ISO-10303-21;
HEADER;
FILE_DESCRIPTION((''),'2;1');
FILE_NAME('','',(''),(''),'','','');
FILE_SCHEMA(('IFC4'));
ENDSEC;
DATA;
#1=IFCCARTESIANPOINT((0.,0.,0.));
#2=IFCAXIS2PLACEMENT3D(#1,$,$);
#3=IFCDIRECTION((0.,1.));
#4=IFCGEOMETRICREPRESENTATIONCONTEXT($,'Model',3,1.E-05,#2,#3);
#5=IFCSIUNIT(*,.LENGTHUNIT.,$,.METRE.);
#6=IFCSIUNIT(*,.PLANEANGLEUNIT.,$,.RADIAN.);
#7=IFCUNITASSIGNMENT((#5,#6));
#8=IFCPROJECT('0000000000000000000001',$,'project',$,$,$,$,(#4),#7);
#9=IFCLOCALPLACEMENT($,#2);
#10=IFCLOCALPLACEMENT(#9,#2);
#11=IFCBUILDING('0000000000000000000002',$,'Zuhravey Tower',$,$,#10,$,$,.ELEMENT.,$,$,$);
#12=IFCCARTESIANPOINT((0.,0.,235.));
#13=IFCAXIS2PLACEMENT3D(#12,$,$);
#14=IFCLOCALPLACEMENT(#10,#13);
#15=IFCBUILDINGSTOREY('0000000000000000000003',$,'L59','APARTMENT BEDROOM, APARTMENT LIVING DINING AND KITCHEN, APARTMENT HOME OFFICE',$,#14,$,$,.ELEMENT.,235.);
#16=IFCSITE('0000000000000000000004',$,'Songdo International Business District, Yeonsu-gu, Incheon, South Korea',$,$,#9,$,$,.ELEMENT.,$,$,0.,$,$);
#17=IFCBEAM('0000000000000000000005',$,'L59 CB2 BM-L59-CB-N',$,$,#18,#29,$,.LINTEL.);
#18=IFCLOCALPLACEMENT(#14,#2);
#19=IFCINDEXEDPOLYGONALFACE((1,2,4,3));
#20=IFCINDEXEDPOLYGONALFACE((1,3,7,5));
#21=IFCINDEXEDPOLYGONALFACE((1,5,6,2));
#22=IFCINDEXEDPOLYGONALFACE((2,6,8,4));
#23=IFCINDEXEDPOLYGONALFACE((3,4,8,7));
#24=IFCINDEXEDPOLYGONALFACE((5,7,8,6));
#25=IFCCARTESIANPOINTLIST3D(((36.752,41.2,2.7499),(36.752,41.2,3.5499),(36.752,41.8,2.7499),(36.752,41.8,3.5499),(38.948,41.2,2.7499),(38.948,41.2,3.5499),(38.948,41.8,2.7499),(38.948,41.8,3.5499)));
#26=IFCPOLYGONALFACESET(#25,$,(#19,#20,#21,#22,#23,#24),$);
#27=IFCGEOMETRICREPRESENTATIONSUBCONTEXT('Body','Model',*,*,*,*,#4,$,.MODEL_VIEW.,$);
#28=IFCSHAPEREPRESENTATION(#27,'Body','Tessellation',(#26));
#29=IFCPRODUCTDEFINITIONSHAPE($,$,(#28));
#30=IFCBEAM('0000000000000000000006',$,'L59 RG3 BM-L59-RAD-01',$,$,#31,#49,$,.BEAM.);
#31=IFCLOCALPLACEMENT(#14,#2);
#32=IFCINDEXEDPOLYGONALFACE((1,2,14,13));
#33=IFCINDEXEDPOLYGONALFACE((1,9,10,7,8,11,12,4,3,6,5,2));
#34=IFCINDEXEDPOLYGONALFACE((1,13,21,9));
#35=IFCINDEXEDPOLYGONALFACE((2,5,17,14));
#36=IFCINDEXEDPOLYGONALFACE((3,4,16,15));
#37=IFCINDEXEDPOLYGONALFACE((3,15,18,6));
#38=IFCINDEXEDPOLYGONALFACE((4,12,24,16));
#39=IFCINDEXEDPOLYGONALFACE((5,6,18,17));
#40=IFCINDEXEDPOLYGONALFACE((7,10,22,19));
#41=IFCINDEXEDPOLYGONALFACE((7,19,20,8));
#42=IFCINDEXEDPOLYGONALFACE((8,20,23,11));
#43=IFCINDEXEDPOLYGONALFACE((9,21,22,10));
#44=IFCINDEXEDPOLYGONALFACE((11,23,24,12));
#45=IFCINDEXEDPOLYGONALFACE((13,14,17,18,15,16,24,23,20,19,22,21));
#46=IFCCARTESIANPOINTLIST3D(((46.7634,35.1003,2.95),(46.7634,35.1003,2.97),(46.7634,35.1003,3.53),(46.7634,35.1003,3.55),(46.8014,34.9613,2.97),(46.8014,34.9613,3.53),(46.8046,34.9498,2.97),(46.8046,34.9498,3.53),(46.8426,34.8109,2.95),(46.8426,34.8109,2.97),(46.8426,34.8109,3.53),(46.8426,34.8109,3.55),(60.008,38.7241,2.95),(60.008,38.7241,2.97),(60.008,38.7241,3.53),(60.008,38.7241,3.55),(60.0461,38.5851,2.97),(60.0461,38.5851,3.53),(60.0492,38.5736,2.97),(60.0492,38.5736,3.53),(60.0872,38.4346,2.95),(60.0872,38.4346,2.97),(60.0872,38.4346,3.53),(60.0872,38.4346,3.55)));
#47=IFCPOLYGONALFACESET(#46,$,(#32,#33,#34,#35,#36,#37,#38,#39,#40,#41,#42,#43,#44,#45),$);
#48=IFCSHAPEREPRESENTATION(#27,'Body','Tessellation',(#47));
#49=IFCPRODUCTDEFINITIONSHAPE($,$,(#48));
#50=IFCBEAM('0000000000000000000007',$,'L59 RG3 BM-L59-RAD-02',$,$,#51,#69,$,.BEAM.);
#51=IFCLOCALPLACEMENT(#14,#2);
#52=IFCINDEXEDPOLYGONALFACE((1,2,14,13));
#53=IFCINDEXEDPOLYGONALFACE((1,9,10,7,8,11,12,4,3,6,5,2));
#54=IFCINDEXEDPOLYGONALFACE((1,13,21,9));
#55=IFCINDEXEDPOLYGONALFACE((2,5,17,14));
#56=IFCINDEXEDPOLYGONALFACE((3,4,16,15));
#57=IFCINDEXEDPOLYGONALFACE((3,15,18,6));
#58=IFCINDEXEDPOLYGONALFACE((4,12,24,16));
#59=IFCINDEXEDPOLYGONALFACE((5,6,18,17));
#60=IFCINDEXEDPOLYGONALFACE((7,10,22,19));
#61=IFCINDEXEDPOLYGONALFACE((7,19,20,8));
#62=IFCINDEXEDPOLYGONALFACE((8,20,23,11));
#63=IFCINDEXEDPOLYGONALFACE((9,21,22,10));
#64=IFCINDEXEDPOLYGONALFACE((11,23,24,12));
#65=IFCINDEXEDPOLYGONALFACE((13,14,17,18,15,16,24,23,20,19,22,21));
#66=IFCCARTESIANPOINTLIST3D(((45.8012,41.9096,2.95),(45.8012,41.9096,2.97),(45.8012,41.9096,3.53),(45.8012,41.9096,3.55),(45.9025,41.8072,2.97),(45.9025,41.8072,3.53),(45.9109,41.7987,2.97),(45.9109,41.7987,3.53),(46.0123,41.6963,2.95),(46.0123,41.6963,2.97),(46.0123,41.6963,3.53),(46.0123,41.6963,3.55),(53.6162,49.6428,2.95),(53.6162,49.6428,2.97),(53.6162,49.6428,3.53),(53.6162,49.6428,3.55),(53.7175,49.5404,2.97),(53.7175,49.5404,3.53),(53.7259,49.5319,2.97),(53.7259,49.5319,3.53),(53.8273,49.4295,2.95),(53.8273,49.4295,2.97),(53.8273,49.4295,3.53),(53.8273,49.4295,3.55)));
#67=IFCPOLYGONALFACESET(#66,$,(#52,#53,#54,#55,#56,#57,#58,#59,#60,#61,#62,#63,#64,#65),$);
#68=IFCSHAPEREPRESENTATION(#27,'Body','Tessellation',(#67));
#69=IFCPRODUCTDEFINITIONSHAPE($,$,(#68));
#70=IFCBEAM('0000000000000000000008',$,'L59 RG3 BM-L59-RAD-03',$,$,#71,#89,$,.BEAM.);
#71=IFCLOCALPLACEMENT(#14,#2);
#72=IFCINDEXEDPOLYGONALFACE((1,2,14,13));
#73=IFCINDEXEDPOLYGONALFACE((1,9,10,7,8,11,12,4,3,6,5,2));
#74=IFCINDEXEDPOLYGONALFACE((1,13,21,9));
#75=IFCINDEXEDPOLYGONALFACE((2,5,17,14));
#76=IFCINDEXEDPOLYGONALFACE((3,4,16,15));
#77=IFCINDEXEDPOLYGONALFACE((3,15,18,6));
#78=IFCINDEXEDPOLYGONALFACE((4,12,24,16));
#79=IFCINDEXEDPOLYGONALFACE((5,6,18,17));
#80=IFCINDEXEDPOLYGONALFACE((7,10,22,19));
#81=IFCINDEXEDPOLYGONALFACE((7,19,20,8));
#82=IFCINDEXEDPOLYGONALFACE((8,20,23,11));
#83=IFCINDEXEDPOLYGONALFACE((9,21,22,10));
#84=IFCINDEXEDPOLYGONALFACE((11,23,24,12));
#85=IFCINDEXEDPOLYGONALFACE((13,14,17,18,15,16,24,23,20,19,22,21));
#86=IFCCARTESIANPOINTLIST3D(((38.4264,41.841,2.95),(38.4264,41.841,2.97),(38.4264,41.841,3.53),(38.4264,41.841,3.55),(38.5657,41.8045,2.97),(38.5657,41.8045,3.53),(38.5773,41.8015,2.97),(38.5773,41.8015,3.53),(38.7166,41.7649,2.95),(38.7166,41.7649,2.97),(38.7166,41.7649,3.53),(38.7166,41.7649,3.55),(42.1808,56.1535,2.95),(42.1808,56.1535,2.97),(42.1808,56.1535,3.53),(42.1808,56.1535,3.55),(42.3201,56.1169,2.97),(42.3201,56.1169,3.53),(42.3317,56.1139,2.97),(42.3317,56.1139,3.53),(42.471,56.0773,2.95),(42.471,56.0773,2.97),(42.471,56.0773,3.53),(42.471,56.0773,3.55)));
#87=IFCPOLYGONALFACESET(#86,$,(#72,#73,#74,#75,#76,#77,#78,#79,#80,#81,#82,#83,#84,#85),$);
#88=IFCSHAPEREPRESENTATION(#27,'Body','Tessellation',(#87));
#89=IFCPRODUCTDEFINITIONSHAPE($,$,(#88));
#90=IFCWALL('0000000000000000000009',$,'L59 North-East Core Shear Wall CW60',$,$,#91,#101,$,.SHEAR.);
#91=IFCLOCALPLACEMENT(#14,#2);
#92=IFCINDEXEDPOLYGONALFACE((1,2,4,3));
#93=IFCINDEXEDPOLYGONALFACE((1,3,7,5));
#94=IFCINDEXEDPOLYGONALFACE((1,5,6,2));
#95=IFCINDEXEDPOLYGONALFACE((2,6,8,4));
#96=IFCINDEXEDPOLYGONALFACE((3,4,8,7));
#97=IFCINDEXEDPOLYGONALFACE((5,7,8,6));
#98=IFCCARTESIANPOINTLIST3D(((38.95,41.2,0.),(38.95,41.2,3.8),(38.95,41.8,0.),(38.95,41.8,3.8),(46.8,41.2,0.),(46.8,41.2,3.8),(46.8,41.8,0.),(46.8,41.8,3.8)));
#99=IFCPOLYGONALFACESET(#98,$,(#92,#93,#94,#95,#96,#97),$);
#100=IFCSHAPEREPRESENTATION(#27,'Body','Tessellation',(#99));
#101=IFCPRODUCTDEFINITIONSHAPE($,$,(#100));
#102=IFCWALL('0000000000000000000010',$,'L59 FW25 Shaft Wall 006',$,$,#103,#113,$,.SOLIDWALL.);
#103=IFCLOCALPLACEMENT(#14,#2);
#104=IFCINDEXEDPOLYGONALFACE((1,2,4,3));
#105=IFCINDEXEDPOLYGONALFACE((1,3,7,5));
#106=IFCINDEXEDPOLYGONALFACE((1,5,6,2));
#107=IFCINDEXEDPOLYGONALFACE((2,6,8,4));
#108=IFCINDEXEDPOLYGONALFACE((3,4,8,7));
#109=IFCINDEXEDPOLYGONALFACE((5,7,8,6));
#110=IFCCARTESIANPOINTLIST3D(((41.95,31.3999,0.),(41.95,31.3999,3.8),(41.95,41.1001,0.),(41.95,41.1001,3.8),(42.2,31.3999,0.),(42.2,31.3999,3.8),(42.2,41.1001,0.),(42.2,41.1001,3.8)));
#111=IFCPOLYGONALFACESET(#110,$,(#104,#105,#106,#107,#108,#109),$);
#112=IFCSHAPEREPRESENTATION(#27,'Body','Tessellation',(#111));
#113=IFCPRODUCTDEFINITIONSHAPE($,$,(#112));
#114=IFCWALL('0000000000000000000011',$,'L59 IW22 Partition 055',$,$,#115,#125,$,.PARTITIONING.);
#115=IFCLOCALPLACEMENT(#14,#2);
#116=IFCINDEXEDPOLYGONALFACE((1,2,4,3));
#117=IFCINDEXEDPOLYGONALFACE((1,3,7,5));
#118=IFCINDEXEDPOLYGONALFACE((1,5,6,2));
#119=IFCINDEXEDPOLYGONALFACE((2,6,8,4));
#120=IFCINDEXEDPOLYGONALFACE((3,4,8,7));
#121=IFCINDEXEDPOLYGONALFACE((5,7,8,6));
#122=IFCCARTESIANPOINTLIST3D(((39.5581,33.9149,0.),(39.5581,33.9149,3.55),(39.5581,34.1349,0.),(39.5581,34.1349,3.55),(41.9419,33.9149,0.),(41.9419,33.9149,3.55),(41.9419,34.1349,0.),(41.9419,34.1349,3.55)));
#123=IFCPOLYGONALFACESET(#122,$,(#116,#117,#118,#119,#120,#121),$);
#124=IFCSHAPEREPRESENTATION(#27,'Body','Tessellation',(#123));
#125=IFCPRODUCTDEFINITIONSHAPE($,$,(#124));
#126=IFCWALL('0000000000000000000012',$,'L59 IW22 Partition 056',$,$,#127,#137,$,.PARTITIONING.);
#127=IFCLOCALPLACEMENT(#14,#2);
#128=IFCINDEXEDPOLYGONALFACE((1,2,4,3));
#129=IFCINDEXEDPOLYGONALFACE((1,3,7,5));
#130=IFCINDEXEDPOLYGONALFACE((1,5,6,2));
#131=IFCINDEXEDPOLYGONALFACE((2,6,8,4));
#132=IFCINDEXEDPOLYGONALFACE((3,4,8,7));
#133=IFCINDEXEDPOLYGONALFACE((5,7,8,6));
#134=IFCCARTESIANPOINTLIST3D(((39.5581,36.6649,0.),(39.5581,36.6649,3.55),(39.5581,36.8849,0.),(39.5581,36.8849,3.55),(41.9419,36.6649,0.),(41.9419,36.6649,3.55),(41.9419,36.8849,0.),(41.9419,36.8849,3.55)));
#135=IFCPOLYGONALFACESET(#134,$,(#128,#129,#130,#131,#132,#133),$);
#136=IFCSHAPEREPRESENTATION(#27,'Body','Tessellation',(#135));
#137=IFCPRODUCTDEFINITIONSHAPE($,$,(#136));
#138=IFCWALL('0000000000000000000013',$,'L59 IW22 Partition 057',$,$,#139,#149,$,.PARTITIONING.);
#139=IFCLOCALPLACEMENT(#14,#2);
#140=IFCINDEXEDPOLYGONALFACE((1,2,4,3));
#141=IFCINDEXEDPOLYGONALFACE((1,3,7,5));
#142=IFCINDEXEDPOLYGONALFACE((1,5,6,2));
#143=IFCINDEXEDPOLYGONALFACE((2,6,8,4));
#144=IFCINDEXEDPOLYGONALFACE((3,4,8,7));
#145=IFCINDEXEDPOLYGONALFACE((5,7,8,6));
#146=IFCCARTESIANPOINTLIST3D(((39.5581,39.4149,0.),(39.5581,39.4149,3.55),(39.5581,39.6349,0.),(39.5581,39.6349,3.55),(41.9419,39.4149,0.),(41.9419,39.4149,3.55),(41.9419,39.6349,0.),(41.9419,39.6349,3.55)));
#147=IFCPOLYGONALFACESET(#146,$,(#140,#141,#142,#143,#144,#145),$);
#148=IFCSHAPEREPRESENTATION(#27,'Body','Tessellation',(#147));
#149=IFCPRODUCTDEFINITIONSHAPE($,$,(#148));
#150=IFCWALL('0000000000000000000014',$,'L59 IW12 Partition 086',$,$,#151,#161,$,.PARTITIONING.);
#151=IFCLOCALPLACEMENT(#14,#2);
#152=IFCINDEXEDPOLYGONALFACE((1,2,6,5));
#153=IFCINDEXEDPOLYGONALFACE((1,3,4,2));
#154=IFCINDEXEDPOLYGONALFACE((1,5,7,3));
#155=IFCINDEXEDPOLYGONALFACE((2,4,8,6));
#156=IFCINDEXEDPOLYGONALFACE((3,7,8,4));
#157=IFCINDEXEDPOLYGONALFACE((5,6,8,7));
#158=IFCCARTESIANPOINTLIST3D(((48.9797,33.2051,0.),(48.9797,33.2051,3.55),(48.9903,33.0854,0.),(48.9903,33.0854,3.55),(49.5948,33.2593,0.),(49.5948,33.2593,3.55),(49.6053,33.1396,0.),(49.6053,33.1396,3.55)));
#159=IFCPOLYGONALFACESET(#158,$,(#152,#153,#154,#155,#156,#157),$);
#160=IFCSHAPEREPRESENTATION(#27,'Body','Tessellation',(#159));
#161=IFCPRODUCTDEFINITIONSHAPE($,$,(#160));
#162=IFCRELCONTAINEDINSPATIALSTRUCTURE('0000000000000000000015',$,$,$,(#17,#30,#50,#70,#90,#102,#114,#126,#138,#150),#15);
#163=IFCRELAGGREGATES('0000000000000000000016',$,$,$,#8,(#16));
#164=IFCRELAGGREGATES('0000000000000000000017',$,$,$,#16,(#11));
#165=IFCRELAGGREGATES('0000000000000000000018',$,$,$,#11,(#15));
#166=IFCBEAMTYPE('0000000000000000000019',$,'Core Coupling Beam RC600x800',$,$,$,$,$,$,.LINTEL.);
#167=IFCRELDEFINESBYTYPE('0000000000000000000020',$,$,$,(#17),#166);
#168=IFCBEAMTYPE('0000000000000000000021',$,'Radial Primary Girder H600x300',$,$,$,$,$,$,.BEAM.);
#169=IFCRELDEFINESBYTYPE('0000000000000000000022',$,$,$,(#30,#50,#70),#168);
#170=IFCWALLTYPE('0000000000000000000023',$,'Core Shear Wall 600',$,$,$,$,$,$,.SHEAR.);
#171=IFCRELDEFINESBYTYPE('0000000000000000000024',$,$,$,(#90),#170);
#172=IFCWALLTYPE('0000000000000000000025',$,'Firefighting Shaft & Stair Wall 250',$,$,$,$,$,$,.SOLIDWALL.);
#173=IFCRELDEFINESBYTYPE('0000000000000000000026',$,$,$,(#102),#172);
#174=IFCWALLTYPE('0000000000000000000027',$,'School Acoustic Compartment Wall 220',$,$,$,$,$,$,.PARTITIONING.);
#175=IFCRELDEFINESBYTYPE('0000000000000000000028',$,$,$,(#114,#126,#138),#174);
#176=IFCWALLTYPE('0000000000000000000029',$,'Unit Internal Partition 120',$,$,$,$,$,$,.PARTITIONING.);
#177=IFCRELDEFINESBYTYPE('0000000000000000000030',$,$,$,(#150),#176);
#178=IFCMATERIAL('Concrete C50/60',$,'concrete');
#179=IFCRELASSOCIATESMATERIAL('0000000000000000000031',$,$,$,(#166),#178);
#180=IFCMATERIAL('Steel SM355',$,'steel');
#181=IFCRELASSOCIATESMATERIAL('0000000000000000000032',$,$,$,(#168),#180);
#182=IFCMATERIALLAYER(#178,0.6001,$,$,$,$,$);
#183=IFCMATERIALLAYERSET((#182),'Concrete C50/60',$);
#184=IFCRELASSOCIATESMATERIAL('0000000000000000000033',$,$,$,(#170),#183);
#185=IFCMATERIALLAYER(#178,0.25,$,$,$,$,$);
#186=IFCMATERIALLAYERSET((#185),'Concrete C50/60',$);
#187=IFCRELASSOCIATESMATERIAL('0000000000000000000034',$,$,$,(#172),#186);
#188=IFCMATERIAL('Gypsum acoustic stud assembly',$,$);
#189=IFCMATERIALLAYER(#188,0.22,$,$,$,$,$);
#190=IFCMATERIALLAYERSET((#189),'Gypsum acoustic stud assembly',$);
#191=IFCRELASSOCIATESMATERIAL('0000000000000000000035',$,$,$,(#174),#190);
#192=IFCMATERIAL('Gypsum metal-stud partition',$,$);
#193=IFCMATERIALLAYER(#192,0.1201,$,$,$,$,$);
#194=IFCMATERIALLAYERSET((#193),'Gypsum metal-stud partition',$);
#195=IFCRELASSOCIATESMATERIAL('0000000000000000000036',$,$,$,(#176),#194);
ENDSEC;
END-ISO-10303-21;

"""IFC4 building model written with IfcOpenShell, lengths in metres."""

from ifc_helpers import new_model, si_unit, direction, frame, frame_2d, origin, origin_2d, place, context, subcontext, project, spatial, rectangle, i_section, extrude, material, layer, layer_set, material_profile, profile_set, type_object, element, save


model = new_model("IFC4")

# Units and contexts
model_context = context("Model", 3, precision=1e-05, world=origin(), true_north=direction((0.0, 1.0)))
body_context = subcontext(model_context, "Body", "Model", "MODEL_VIEW")
ifc_project = project(units=[si_unit("LENGTHUNIT", "METRE"), si_unit("PLANEANGLEUNIT", "RADIAN")], contexts=[model_context])

# Site, building, storey
site_placement = place(None, origin())
site = spatial("IfcSite", under=ifc_project, at=site_placement, Name="Songdo International Business District, Yeonsu-gu, Incheon, South Korea", CompositionType="ELEMENT", RefElevation=0.0)
building_placement = place(site_placement, origin())
building = spatial("IfcBuilding", under=site, at=building_placement, Name="Zuhravey Tower", CompositionType="ELEMENT")
storey_placement = place(building_placement, frame((0.0, 0.0, 235.0)))
storey = spatial("IfcBuildingStorey", under=building, at=storey_placement, Name="L59", Description="APARTMENT BEDROOM, APARTMENT LIVING DINING AND KITCHEN, APARTMENT HOME OFFICE", CompositionType="ELEMENT", Elevation=235.0)

# Beams
ifc_material_1 = material(Name="Concrete C50/60", Category="concrete")
ifc_material_profile_1 = material_profile(ifc_material_1, rectangle(XDim=0.6001, YDim=0.8, at=origin_2d()), Name="RC-600x800")
ifc_profile_set_1 = profile_set([ifc_material_profile_1], Name="Concrete C50/60")
beam_type_1 = type_object("IfcBeamType", Name="Core Coupling Beam RC600x800", PredefinedType="LINTEL", material=ifc_profile_set_1)
beam_1_placement = place(storey_placement, frame((36.752, 41.5, 3.1499), z_axis=(1.0, 0.0, 0.0), x_axis=(0.0, 1.0, 0.0)))
element("IfcBeam", 1, at=beam_1_placement, inside=storey, type_object=beam_type_1, Name="L59 CB2 BM-L59-CB-N", PredefinedType="LINTEL", context=body_context, shape_type="SweptSolid", body=[
    extrude(rectangle(XDim=0.6001, YDim=0.8, at=origin_2d()), origin(), (0.0, 0.0, 1.0), 2.196),
])
ifc_material_2 = material(Name="Steel SM355", Category="steel")
ifc_material_profile_2 = material_profile(ifc_material_2, i_section(OverallWidth=0.3, OverallDepth=0.6001, WebThickness=0.012, FlangeThickness=0.02, at=origin_2d()), Name="H-600x300x12x20")
ifc_profile_set_2 = profile_set([ifc_material_profile_2], Name="Steel SM355")
beam_type_2 = type_object("IfcBeamType", Name="Radial Primary Girder H600x300", PredefinedType="BEAM", material=ifc_profile_set_2)
beam_2_placement = place(storey_placement, frame((46.803, 34.9556, 3.25), z_axis=(0.964549, 0.263904, 0.0), x_axis=(-0.263904, 0.964549, 0.0)))
element("IfcBeam", 2, at=beam_2_placement, inside=storey, type_object=beam_type_2, Name="L59 RG3 BM-L59-RAD-01", PredefinedType="BEAM", context=body_context, shape_type="SweptSolid", body=[
    extrude(i_section(OverallWidth=0.3, OverallDepth=0.6001, WebThickness=0.012, FlangeThickness=0.02, at=origin_2d()), origin(), (0.0, 0.0, 1.0), 13.7314),
])
beam_3_placement = place(storey_placement, frame((45.9067, 41.803, 3.25), z_axis=(0.710817, 0.703377, 0.0), x_axis=(-0.703377, 0.710817, 0.0)))
element("IfcBeam", 3, at=beam_3_placement, inside=storey, type_object=beam_type_2, Name="L59 RG3 BM-L59-RAD-02", PredefinedType="BEAM", context=body_context, shape_type="SweptSolid", body=[
    extrude(i_section(OverallWidth=0.3, OverallDepth=0.6001, WebThickness=0.012, FlangeThickness=0.02, at=origin_2d()), origin(), (0.0, 0.0, 1.0), 10.9944),
])
beam_4_placement = place(storey_placement, frame((38.5715, 41.803, 3.25), z_axis=(0.253731, 0.967275, 0.0), x_axis=(-0.967275, 0.253731, 0.0)))
element("IfcBeam", 4, at=beam_4_placement, inside=storey, type_object=beam_type_2, Name="L59 RG3 BM-L59-RAD-03", PredefinedType="BEAM", context=body_context, shape_type="SweptSolid", body=[
    extrude(i_section(OverallWidth=0.3, OverallDepth=0.6001, WebThickness=0.012, FlangeThickness=0.02, at=origin_2d()), origin(), (0.0, 0.0, 1.0), 14.7966),
])

# Wall
ifc_layer_1 = layer(ifc_material_1, 0.6001)
ifc_layer_set_1 = layer_set([ifc_layer_1], Name="Concrete C50/60")
wall_type_1 = type_object("IfcWallType", Name="Core Shear Wall 600", PredefinedType="SHEAR", material=ifc_layer_set_1)
wall_1_placement = place(storey_placement, frame((46.8, 41.5, 0.0), z_axis=(0.0, 0.0, 1.0), x_axis=(-1.0, 0.0, 0.0)))
element("IfcWall", 5, at=wall_1_placement, inside=storey, type_object=wall_type_1, Name="L59 North-East Core Shear Wall CW60", PredefinedType="SHEAR", context=body_context, shape_type="SweptSolid", body=[
    extrude(rectangle(XDim=7.8501, YDim=0.6001, at=frame_2d((3.925, 0.0))), origin(), (0.0, 0.0, 1.0), 3.8),
])

# Shared definitions
ifc_layer_2 = layer(ifc_material_1, 0.25)
ifc_layer_set_2 = layer_set([ifc_layer_2], Name="Concrete C50/60")
wall_type_2 = type_object("IfcWallType", Name="Firefighting Shaft & Stair Wall 250", PredefinedType="SOLIDWALL", material=ifc_layer_set_2)

# Walls
wall_2_placement = place(storey_placement, frame((42.075, 31.3999, 0.0), z_axis=(0.0, 0.0, 1.0), x_axis=(0.0, 1.0, 0.0)))
element("IfcWall", 6, at=wall_2_placement, inside=storey, type_object=wall_type_2, Name="L59 FW25 Shaft Wall 006", PredefinedType="SOLIDWALL", context=body_context, shape_type="SweptSolid", body=[
    extrude(rectangle(XDim=9.7002, YDim=0.25, at=frame_2d((4.8501, 0.0))), origin(), (0.0, 0.0, 1.0), 3.8),
])
ifc_material_3 = material(Name="Gypsum acoustic stud assembly")
ifc_layer_3 = layer(ifc_material_3, 0.22)
ifc_layer_set_3 = layer_set([ifc_layer_3], Name="Gypsum acoustic stud assembly")
wall_type_3 = type_object("IfcWallType", Name="School Acoustic Compartment Wall 220", PredefinedType="PARTITIONING", material=ifc_layer_set_3)
for number, where, z_axis, x_axis, name in (
    (7, (39.5581, 34.0249, 0.0), (0.0, 0.0, 1.0), (1.0, 0.0, 0.0), "L59 IW22 Partition 055"),
    (8, (39.5581, 36.7749, 0.0), (0.0, 0.0, 1.0), (1.0, 0.0, 0.0), "L59 IW22 Partition 056"),
    (9, (39.5581, 39.5249, 0.0), (0.0, 0.0, 1.0), (1.0, 0.0, 0.0), "L59 IW22 Partition 057"),
):
    element("IfcWall", number, at=place(storey_placement, frame(where, z_axis=z_axis, x_axis=x_axis)), inside=storey, type_object=wall_type_3, Name=name, PredefinedType="PARTITIONING", context=body_context, shape_type="SweptSolid", body=[
        extrude(rectangle(XDim=2.3838, YDim=0.22, at=frame_2d((1.1919, 0.0))), origin(), (0.0, 0.0, 1.0), 3.55),
    ])
ifc_material_4 = material(Name="Gypsum metal-stud partition")
ifc_layer_4 = layer(ifc_material_4, 0.1201)
ifc_layer_set_4 = layer_set([ifc_layer_4], Name="Gypsum metal-stud partition")
wall_type_4 = type_object("IfcWallType", Name="Unit Internal Partition 120", PredefinedType="PARTITIONING", material=ifc_layer_set_4)
wall_3_placement = place(storey_placement, frame((48.9851, 33.1453, 0.0), z_axis=(0.0, 0.0, 1.0), x_axis=(0.996139, 0.08779, 0.0)))
element("IfcWall", 10, at=wall_3_placement, inside=storey, type_object=wall_type_4, Name="L59 IW12 Partition 086", PredefinedType="PARTITIONING", context=body_context, shape_type="SweptSolid", body=[
    extrude(rectangle(XDim=0.6174, YDim=0.1201, at=frame_2d((0.3086, 0.0))), origin(), (0.0, 0.0, 1.0), 3.55),
])

save(model, "model.ifc")
